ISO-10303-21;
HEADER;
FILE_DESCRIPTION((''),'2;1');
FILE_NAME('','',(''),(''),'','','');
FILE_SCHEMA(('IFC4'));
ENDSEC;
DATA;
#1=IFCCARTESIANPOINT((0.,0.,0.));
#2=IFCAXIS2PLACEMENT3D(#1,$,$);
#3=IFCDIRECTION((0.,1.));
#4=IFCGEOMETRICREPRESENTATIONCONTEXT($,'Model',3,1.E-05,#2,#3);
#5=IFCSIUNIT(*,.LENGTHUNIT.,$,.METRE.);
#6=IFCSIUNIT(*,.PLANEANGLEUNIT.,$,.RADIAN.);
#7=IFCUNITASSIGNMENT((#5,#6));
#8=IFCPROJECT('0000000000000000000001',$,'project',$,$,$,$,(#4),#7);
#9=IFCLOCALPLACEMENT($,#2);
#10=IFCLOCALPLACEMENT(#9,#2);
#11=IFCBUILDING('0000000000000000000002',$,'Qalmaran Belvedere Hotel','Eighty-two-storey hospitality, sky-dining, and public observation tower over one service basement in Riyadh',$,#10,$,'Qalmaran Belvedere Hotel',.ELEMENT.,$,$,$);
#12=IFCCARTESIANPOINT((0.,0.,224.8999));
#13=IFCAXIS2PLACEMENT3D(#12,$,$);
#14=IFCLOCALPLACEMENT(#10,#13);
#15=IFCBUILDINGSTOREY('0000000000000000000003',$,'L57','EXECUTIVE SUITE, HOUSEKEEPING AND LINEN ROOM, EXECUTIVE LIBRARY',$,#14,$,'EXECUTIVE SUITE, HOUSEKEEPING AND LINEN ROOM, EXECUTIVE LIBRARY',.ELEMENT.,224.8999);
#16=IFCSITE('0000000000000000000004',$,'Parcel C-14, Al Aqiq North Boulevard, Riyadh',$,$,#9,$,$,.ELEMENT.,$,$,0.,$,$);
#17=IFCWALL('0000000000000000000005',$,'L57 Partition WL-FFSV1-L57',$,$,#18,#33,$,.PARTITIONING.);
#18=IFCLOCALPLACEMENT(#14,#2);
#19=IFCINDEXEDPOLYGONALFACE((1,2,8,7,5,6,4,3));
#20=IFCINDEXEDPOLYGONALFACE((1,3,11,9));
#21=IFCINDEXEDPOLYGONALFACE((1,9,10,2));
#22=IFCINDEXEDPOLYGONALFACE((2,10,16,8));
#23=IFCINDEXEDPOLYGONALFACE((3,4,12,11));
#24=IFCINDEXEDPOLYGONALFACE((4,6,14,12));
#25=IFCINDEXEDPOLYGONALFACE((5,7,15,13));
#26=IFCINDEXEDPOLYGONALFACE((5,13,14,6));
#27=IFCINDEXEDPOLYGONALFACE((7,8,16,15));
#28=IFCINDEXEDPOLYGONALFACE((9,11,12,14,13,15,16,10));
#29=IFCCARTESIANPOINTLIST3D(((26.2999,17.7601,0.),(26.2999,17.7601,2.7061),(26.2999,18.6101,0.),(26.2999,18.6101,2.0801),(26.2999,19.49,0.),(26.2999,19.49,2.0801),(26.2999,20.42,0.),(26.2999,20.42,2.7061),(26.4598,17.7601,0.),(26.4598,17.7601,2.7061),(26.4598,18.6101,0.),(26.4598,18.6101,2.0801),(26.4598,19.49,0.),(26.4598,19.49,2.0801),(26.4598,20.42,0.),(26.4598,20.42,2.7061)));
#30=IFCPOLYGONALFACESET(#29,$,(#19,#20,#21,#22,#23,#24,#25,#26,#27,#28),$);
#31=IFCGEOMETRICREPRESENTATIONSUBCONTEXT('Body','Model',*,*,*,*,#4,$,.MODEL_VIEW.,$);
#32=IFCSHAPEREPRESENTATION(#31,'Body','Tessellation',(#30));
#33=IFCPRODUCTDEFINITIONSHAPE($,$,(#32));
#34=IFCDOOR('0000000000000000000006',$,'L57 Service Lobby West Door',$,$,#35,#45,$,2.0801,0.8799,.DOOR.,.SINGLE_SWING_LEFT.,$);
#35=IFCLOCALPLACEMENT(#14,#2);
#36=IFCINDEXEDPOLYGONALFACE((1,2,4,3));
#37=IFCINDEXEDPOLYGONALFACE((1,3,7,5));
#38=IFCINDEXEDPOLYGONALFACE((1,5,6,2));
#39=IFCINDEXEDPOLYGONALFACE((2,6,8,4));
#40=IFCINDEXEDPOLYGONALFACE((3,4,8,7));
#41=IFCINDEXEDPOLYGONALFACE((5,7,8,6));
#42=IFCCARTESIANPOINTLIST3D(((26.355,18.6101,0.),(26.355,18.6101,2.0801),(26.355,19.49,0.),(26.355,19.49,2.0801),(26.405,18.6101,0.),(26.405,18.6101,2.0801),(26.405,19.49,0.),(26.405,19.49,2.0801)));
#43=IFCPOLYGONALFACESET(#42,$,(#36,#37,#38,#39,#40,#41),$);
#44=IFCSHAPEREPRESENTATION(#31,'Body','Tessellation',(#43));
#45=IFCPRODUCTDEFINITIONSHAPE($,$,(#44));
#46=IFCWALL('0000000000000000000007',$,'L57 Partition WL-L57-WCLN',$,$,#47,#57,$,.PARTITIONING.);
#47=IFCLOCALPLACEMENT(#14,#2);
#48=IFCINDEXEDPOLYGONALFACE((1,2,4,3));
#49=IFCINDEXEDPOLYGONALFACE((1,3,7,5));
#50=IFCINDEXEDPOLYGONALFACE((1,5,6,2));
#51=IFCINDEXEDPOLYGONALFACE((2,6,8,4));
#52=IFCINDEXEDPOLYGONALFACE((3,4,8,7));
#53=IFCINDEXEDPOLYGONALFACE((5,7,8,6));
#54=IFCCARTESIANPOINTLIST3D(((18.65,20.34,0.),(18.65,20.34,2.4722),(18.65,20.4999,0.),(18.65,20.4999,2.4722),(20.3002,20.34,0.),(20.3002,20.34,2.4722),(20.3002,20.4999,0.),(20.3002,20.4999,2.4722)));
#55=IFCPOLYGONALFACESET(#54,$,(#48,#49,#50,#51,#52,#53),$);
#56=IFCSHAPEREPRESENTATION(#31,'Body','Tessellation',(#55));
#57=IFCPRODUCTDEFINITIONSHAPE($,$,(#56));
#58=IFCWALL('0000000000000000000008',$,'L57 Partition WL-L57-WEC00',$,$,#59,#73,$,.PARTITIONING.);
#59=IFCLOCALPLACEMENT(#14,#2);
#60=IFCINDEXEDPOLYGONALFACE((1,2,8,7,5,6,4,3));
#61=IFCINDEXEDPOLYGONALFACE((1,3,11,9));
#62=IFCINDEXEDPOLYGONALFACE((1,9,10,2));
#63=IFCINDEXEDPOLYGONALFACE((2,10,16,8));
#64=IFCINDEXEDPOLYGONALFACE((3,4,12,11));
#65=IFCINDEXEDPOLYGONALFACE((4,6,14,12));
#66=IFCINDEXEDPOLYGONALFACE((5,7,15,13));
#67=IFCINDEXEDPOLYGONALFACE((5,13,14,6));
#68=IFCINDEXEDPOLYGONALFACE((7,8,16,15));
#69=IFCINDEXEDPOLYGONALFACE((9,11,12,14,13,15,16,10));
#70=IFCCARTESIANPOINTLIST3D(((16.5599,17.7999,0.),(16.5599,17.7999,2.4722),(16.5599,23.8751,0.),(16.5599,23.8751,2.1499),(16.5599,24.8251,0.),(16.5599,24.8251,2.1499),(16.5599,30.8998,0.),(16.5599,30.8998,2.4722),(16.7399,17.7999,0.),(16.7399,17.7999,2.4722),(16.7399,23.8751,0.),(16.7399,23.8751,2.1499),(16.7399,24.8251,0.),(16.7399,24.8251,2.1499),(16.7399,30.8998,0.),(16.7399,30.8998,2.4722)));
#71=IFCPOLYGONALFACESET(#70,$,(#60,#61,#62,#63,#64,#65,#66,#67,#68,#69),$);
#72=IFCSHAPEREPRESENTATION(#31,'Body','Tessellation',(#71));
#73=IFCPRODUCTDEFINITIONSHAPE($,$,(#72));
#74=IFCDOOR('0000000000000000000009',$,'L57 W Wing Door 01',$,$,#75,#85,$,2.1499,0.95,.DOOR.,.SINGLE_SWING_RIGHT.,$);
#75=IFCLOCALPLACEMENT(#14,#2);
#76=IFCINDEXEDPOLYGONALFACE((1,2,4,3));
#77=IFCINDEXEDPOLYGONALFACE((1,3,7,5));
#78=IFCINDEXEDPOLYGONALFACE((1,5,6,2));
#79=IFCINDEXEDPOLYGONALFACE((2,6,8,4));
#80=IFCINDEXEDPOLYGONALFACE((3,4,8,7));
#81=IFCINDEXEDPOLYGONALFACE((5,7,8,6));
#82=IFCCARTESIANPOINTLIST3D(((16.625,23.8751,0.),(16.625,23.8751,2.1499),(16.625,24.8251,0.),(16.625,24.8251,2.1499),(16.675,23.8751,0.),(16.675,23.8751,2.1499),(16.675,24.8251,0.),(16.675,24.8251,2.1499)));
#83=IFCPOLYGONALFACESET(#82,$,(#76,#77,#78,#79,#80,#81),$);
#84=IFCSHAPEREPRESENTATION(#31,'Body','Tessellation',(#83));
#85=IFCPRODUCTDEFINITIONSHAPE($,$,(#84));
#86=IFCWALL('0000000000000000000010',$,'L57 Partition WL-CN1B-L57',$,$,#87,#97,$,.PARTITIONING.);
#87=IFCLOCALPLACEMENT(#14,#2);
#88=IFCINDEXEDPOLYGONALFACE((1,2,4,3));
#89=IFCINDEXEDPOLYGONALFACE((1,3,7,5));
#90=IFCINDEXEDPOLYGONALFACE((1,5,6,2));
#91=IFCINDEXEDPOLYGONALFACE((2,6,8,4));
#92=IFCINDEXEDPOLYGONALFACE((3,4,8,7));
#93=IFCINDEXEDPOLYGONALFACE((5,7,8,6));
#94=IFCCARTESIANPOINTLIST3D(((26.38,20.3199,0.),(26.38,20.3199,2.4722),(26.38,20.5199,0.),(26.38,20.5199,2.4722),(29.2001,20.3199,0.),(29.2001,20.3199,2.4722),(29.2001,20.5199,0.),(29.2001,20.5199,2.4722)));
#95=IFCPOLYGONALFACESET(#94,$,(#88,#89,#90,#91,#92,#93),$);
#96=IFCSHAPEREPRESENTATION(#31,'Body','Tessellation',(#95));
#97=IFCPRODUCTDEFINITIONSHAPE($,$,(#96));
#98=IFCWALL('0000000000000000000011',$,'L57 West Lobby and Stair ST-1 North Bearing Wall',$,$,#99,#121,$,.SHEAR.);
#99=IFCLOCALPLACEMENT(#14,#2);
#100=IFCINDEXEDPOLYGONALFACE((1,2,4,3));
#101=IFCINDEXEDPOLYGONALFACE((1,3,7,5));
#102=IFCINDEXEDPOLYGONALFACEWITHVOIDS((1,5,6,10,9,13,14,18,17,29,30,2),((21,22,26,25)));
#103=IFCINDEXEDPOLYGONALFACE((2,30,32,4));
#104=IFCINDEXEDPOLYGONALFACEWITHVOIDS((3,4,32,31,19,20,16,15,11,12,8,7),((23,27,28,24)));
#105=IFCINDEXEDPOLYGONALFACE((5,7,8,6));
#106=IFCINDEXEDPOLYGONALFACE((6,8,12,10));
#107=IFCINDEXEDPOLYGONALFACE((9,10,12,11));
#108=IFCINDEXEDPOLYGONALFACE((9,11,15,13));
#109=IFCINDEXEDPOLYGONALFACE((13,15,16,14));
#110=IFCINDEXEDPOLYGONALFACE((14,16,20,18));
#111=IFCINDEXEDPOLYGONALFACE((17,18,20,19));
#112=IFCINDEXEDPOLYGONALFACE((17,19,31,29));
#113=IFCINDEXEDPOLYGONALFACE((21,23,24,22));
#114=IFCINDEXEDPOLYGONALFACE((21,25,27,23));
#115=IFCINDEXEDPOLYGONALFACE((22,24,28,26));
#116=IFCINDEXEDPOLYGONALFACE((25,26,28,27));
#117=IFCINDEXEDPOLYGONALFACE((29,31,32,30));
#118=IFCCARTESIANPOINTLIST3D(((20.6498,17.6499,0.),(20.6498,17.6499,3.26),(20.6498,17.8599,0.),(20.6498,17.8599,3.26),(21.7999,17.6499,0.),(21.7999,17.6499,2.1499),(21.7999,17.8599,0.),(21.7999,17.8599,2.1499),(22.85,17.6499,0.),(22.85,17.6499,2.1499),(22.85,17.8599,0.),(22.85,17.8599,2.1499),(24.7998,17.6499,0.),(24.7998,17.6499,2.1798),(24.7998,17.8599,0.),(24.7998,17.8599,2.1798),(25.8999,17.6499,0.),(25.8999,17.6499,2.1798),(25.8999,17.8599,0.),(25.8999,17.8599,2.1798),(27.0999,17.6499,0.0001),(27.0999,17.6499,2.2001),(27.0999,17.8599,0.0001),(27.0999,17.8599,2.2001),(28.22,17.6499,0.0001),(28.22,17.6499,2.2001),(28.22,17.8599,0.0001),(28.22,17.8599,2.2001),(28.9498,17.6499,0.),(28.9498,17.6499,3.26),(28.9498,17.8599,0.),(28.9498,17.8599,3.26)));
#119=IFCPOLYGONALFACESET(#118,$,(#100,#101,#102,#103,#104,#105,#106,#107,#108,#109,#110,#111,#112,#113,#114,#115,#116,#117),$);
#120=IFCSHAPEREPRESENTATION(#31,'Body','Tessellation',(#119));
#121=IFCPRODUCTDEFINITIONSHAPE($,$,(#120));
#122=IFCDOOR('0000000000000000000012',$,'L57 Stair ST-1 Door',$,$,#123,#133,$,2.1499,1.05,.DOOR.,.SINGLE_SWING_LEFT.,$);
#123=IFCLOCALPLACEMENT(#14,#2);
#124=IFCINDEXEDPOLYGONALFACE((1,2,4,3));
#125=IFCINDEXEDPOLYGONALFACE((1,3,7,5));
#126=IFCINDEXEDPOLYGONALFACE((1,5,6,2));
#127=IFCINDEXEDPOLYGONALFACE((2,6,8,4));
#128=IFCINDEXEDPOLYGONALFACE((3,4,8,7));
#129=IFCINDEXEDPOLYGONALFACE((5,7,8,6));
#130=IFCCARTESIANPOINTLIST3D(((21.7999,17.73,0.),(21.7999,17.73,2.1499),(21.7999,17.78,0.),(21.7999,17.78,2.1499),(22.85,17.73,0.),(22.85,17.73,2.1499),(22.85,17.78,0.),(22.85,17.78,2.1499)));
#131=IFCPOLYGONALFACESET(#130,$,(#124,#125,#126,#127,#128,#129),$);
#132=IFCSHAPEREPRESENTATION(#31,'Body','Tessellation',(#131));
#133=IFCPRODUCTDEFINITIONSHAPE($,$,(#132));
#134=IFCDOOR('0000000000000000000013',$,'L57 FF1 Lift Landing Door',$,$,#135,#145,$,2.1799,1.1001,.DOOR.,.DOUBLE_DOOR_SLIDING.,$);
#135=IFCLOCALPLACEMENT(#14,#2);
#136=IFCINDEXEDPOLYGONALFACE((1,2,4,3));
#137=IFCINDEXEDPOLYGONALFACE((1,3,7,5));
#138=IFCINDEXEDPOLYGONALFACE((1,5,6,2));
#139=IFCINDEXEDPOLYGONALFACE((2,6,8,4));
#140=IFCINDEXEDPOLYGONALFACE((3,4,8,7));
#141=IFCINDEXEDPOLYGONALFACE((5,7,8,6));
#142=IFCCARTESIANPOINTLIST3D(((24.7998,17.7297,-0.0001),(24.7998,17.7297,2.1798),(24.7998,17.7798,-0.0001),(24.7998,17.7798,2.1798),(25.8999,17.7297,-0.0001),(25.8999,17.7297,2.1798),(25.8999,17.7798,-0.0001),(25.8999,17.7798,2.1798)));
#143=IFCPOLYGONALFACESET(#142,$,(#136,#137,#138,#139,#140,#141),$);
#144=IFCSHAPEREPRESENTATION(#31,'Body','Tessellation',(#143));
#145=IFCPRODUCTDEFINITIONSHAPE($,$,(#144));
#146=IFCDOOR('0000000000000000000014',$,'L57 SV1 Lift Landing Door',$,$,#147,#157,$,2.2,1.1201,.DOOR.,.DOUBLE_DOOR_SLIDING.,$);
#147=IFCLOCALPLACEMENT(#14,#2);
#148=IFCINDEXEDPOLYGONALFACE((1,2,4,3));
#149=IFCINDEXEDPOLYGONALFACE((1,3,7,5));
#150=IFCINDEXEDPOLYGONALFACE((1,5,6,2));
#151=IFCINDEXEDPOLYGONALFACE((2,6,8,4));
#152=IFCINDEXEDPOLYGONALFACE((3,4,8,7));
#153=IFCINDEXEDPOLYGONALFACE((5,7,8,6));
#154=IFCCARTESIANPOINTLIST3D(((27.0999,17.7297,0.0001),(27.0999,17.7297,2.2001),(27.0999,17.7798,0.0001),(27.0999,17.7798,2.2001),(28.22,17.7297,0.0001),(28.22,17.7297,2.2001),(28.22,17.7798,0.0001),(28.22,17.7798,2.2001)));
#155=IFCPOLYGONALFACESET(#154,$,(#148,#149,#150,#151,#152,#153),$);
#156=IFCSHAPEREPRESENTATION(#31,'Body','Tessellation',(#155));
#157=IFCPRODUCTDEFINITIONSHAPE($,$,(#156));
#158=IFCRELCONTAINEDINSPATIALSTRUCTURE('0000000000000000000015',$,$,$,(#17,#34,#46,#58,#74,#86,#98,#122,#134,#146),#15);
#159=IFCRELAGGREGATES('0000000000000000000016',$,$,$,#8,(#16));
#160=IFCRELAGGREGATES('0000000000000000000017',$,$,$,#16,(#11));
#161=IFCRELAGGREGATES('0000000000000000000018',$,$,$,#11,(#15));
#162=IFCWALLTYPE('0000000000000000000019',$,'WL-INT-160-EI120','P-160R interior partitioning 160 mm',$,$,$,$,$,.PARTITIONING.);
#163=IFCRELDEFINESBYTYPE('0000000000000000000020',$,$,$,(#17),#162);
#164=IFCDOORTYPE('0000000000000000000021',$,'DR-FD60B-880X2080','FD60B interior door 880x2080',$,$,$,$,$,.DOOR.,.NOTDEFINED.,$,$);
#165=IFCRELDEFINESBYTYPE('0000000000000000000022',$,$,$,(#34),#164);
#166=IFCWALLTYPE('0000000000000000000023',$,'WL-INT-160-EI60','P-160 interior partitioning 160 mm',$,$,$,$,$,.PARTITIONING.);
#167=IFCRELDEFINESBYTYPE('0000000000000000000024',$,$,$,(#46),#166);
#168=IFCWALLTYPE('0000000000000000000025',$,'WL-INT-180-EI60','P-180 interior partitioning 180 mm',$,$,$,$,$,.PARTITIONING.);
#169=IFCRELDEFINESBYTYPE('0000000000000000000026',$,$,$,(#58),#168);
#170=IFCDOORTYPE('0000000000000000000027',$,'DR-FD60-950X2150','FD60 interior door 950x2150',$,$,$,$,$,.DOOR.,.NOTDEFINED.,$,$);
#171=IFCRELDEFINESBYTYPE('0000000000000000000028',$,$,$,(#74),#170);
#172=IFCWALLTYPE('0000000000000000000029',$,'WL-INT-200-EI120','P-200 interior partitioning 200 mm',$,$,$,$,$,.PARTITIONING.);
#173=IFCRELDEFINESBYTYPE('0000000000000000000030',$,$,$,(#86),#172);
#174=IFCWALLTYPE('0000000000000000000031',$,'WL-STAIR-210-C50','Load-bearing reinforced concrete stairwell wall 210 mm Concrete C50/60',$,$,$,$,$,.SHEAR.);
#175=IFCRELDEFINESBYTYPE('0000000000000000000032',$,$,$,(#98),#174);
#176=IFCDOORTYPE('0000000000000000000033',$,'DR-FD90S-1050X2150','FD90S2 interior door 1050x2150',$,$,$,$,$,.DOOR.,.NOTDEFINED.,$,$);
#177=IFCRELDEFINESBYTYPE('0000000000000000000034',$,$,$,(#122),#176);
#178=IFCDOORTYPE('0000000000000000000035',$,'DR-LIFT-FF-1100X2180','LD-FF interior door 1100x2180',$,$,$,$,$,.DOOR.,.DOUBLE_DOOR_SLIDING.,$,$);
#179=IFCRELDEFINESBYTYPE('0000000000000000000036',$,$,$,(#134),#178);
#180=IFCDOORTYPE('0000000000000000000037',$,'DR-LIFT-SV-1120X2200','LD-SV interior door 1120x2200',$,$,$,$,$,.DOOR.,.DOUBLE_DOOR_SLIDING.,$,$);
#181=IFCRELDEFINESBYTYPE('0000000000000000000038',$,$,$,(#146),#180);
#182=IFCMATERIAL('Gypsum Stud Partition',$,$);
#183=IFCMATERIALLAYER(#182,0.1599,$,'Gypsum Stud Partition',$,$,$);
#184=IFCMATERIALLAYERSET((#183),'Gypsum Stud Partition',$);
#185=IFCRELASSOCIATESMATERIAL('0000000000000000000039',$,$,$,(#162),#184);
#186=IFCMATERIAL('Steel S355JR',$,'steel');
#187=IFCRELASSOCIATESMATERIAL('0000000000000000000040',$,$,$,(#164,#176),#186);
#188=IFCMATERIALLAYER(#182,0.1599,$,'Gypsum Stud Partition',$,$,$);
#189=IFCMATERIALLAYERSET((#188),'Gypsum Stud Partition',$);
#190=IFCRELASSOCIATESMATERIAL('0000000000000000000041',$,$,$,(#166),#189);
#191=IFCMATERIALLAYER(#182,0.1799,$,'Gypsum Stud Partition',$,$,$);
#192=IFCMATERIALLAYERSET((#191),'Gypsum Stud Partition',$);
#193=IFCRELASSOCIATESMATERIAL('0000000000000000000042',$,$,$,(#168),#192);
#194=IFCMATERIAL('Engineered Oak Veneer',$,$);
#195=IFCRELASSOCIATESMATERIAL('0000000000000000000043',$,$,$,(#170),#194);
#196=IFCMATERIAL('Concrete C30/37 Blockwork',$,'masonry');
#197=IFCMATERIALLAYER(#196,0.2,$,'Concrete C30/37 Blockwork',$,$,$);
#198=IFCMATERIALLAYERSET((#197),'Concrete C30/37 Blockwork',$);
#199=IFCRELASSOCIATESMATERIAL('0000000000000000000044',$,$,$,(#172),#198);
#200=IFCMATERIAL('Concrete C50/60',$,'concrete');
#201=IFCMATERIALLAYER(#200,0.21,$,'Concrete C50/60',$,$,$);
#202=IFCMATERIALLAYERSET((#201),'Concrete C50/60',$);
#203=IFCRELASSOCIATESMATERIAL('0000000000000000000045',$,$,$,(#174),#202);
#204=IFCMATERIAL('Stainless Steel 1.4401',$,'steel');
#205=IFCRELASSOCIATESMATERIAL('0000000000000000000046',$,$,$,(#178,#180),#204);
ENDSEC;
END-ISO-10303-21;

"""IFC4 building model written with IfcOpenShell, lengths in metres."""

from ifc_helpers import new_model, si_unit, direction, frame, frame_2d, origin, place, context, subcontext, project, spatial, rectangle, extrude, material, layer, layer_set, type_object, element, fill, save


model = new_model("IFC4")

# Units and contexts
model_context = context("Model", 3, precision=1e-05, world=origin(), true_north=direction((0.0, 1.0)))
body_context = subcontext(model_context, "Body", "Model", "MODEL_VIEW")
ifc_project = project(units=[si_unit("LENGTHUNIT", "METRE"), si_unit("PLANEANGLEUNIT", "RADIAN")], contexts=[model_context])

# Site, building, storey
site_placement = place(None, origin())
site = spatial("IfcSite", under=ifc_project, at=site_placement, Name="Parcel C-14, Al Aqiq North Boulevard, Riyadh", CompositionType="ELEMENT", RefElevation=0.0)
building_placement = place(site_placement, origin())
building = spatial("IfcBuilding", under=site, at=building_placement, Name="Qalmaran Belvedere Hotel", Description="Eighty-two-storey hospitality, sky-dining, and public observation tower over one service basement in Riyadh", LongName="Qalmaran Belvedere Hotel", CompositionType="ELEMENT")
storey_placement = place(building_placement, frame((0.0, 0.0, 224.8999)))
storey = spatial("IfcBuildingStorey", under=building, at=storey_placement, Name="L57", Description="EXECUTIVE SUITE, HOUSEKEEPING AND LINEN ROOM, EXECUTIVE LIBRARY", LongName="EXECUTIVE SUITE, HOUSEKEEPING AND LINEN ROOM, EXECUTIVE LIBRARY", CompositionType="ELEMENT", Elevation=224.8999)

# Shared definitions
ifc_material_1 = material(Name="Concrete C50/60", Category="concrete")

# Shared definitions
ifc_material_2 = material(Name="Steel S355JR", Category="steel")

# Wall, opening, door
ifc_material_3 = material(Name="Engineered Oak Veneer")
ifc_material_4 = material(Name="Gypsum Stud Partition")
ifc_layer_1 = layer(ifc_material_4, 0.1599, Name="Gypsum Stud Partition")
ifc_layer_set_1 = layer_set([ifc_layer_1], Name="Gypsum Stud Partition")
wall_type_1 = type_object("IfcWallType", Name="WL-INT-160-EI120", Description="P-160R interior partitioning 160 mm", PredefinedType="PARTITIONING", material=ifc_layer_set_1)
wall_1_placement = place(storey_placement, frame((26.3799, 17.76, 0.0), z_axis=(0.0, 0.0, 1.0), x_axis=(0.0, 1.0, 0.0)))
wall_1 = element("IfcWall", 1, at=wall_1_placement, inside=storey, type_object=wall_type_1, Name="L57 Partition WL-FFSV1-L57", PredefinedType="PARTITIONING", context=body_context, shape_type="SweptSolid", body=[
    extrude(rectangle(XDim=2.6599, YDim=0.1599, at=frame_2d((1.3301, 0.0))), origin(), (0.0, 0.0, 1.0), 2.7061),
])
opening_1_placement = place(wall_1_placement, frame((0.8501, 0.0, 0.0)))
opening_1 = element("IfcOpeningElement", 2, at=opening_1_placement, cuts=wall_1, PredefinedType="OPENING", context=body_context, shape_type="SweptSolid", body=[
    extrude(rectangle(XDim=0.8799, YDim=2.0801, at=frame_2d((0.4399, 1.04))), frame((0.0, 0.0898, 0.0), z_axis=(0.0, -1.0, 0.0), x_axis=(1.0, 0.0, 0.0)), (0.0, 0.0, 1.0), 0.1799),
])
door_type_1 = type_object("IfcDoorType", Name="DR-FD60B-880X2080", Description="FD60B interior door 880x2080", OperationType="NOTDEFINED", PredefinedType="DOOR", material=ifc_material_2)
door_1_placement = place(opening_1_placement, origin())
door_1 = element("IfcDoor", 3, at=door_1_placement, inside=storey, type_object=door_type_1, Name="L57 Service Lobby West Door", OperationType="SINGLE_SWING_LEFT", OverallHeight=2.0801, OverallWidth=0.8799, PredefinedType="DOOR", context=body_context, shape_type="SweptSolid", body=[
    extrude(rectangle(XDim=0.8799, YDim=2.0801, at=frame_2d((0.4399, 1.04))), frame((0.0, 0.0249, 0.0), z_axis=(0.0, -1.0, 0.0), x_axis=(1.0, 0.0, 0.0)), (0.0, 0.0, 1.0), 0.05),
])
fill(opening_1, door_1)

# Wall
ifc_layer_2 = layer(ifc_material_4, 0.1599, Name="Gypsum Stud Partition")
ifc_layer_set_2 = layer_set([ifc_layer_2], Name="Gypsum Stud Partition")
wall_type_2 = type_object("IfcWallType", Name="WL-INT-160-EI60", Description="P-160 interior partitioning 160 mm", PredefinedType="PARTITIONING", material=ifc_layer_set_2)
wall_2_placement = place(storey_placement, frame((18.6499, 20.4199, 0.0), z_axis=(0.0, 0.0, 1.0), x_axis=(1.0, 0.0, 0.0)))
element("IfcWall", 4, at=wall_2_placement, inside=storey, type_object=wall_type_2, Name="L57 Partition WL-L57-WCLN", PredefinedType="PARTITIONING", context=body_context, shape_type="SweptSolid", body=[
    extrude(rectangle(XDim=1.6501, YDim=0.1599, at=frame_2d((0.8252, 0.0))), origin(), (0.0, 0.0, 1.0), 2.4722),
])

# Wall, opening, door
ifc_layer_3 = layer(ifc_material_4, 0.1799, Name="Gypsum Stud Partition")
ifc_layer_set_3 = layer_set([ifc_layer_3], Name="Gypsum Stud Partition")
wall_type_3 = type_object("IfcWallType", Name="WL-INT-180-EI60", Description="P-180 interior partitioning 180 mm", PredefinedType="PARTITIONING", material=ifc_layer_set_3)
wall_3_placement = place(storey_placement, frame((16.6499, 17.8, 0.0), z_axis=(0.0, 0.0, 1.0), x_axis=(0.0, 1.0, 0.0)))
wall_3 = element("IfcWall", 5, at=wall_3_placement, inside=storey, type_object=wall_type_3, Name="L57 Partition WL-L57-WEC00", PredefinedType="PARTITIONING", context=body_context, shape_type="SweptSolid", body=[
    extrude(rectangle(XDim=13.0999, YDim=0.1799, at=frame_2d((6.5498, 0.0))), origin(), (0.0, 0.0, 1.0), 2.4722),
])
opening_2_placement = place(wall_3_placement, frame((6.075, 0.0, 0.0)))
opening_2 = element("IfcOpeningElement", 6, at=opening_2_placement, cuts=wall_3, PredefinedType="OPENING", context=body_context, shape_type="SweptSolid", body=[
    extrude(rectangle(XDim=0.95, YDim=2.1499, at=frame_2d((0.4751, 1.075))), frame((0.0, 0.1001, 0.0), z_axis=(0.0, -1.0, 0.0), x_axis=(1.0, 0.0, 0.0)), (0.0, 0.0, 1.0), 0.2),
])
door_type_2 = type_object("IfcDoorType", Name="DR-FD60-950X2150", Description="FD60 interior door 950x2150", OperationType="NOTDEFINED", PredefinedType="DOOR", material=ifc_material_3)
door_2_placement = place(opening_2_placement, origin())
door_2 = element("IfcDoor", 7, at=door_2_placement, inside=storey, type_object=door_type_2, Name="L57 W Wing Door 01", OperationType="SINGLE_SWING_RIGHT", OverallHeight=2.1499, OverallWidth=0.95, PredefinedType="DOOR", context=body_context, shape_type="SweptSolid", body=[
    extrude(rectangle(XDim=0.95, YDim=2.1499, at=frame_2d((0.4751, 1.075))), frame((0.0, 0.0249, 0.0), z_axis=(0.0, -1.0, 0.0), x_axis=(1.0, 0.0, 0.0)), (0.0, 0.0, 1.0), 0.05),
])
fill(opening_2, door_2)
ifc_material_5 = material(Name="Concrete C30/37 Blockwork", Category="masonry")
ifc_layer_4 = layer(ifc_material_5, 0.2, Name="Concrete C30/37 Blockwork")
ifc_layer_set_4 = layer_set([ifc_layer_4], Name="Concrete C30/37 Blockwork")
wall_type_4 = type_object("IfcWallType", Name="WL-INT-200-EI120", Description="P-200 interior partitioning 200 mm", PredefinedType="PARTITIONING", material=ifc_layer_set_4)

# Wall
wall_4_placement = place(storey_placement, frame((26.3799, 20.4199, 0.0), z_axis=(0.0, 0.0, 1.0), x_axis=(1.0, 0.0, 0.0)))
element("IfcWall", 8, at=wall_4_placement, inside=storey, type_object=wall_type_4, Name="L57 Partition WL-CN1B-L57", PredefinedType="PARTITIONING", context=body_context, shape_type="SweptSolid", body=[
    extrude(rectangle(XDim=2.8201, YDim=0.2, at=frame_2d((1.4102, 0.0))), origin(), (0.0, 0.0, 1.0), 2.4722),
])

# Wall, openings, doors
ifc_layer_5 = layer(ifc_material_1, 0.21, Name="Concrete C50/60")
ifc_layer_set_5 = layer_set([ifc_layer_5], Name="Concrete C50/60")
wall_type_5 = type_object("IfcWallType", Name="WL-STAIR-210-C50", Description="Load-bearing reinforced concrete stairwell wall 210 mm Concrete C50/60", PredefinedType="SHEAR", material=ifc_layer_set_5)
wall_5_placement = place(storey_placement, frame((20.6499, 17.7549, 0.0), z_axis=(0.0, 0.0, 1.0), x_axis=(1.0, 0.0, 0.0)))
wall_5 = element("IfcWall", 9, at=wall_5_placement, inside=storey, type_object=wall_type_5, Name="L57 West Lobby and Stair ST-1 North Bearing Wall", PredefinedType="SHEAR", context=body_context, shape_type="SweptSolid", body=[
    extrude(rectangle(XDim=8.3, YDim=0.21, at=frame_2d((4.1499, 0.0))), origin(), (0.0, 0.0, 1.0), 3.26),
])
opening_3_placement = place(wall_5_placement, frame((2.2, 0.0, 0.0), z_axis=(0.0, 0.0, 1.0), x_axis=(-1.0, 0.0, 0.0)))
opening_3 = element("IfcOpeningElement", 10, at=opening_3_placement, cuts=wall_5, PredefinedType="OPENING", context=body_context, shape_type="SweptSolid", body=[
    extrude(rectangle(XDim=1.05, YDim=2.1499, at=frame_2d((0.5249, 1.075))), frame((0.0, 0.115, 0.0), z_axis=(0.0, -1.0, 0.0), x_axis=(1.0, 0.0, 0.0)), (0.0, 0.0, 1.0), 0.23),
])
opening_4_placement = place(wall_5_placement, frame((4.1499, 0.0, 0.0)))
opening_4 = element("IfcOpeningElement", 11, at=opening_4_placement, cuts=wall_5, PredefinedType="OPENING", context=body_context, shape_type="SweptSolid", body=[
    extrude(rectangle(XDim=1.1001, YDim=2.1799, at=frame_2d((0.55, 1.0898))), frame((0.0, 0.115, 0.0), z_axis=(0.0, -1.0, 0.0), x_axis=(1.0, 0.0, 0.0)), (0.0, 0.0, 1.0), 0.23),
])
opening_5_placement = place(wall_5_placement, frame((6.45, 0.0, 0.0)))
opening_5 = element("IfcOpeningElement", 12, at=opening_5_placement, cuts=wall_5, PredefinedType="OPENING", context=body_context, shape_type="SweptSolid", body=[
    extrude(rectangle(XDim=1.1201, YDim=2.2, at=frame_2d((0.5601, 1.1001))), frame((0.0, 0.115, 0.0), z_axis=(0.0, -1.0, 0.0), x_axis=(1.0, 0.0, 0.0)), (0.0, 0.0, 1.0), 0.23),
])
door_type_3 = type_object("IfcDoorType", Name="DR-FD90S-1050X2150", Description="FD90S2 interior door 1050x2150", OperationType="NOTDEFINED", PredefinedType="DOOR", material=ifc_material_2)
door_3_placement = place(opening_3_placement, origin())
door_3 = element("IfcDoor", 13, at=door_3_placement, inside=storey, type_object=door_type_3, Name="L57 Stair ST-1 Door", OperationType="SINGLE_SWING_LEFT", OverallHeight=2.1499, OverallWidth=1.05, PredefinedType="DOOR", context=body_context, shape_type="SweptSolid", body=[
    extrude(rectangle(XDim=1.05, YDim=2.1499, at=frame_2d((0.5249, 1.075))), frame((0.0, 0.0249, 0.0), z_axis=(0.0, -1.0, 0.0), x_axis=(1.0, 0.0, 0.0)), (0.0, 0.0, 1.0), 0.05),
])
fill(opening_3, door_3)
ifc_material_6 = material(Name="Stainless Steel 1.4401", Category="steel")
door_type_4 = type_object("IfcDoorType", Name="DR-LIFT-FF-1100X2180", Description="LD-FF interior door 1100x2180", OperationType="DOUBLE_DOOR_SLIDING", PredefinedType="DOOR", material=ifc_material_6)
door_4_placement = place(opening_4_placement, origin())
door_4 = element("IfcDoor", 14, at=door_4_placement, inside=storey, type_object=door_type_4, Name="L57 FF1 Lift Landing Door", OperationType="DOUBLE_DOOR_SLIDING", OverallHeight=2.1799, OverallWidth=1.1001, PredefinedType="DOOR", context=body_context, shape_type="SweptSolid", body=[
    extrude(rectangle(XDim=1.1001, YDim=2.1799, at=frame_2d((0.55, 1.0898))), frame((0.0, 0.0249, 0.0), z_axis=(0.0, -1.0, 0.0), x_axis=(1.0, 0.0, 0.0)), (0.0, 0.0, 1.0), 0.05),
])
fill(opening_4, door_4)
door_type_5 = type_object("IfcDoorType", Name="DR-LIFT-SV-1120X2200", Description="LD-SV interior door 1120x2200", OperationType="DOUBLE_DOOR_SLIDING", PredefinedType="DOOR", material=ifc_material_6)
door_5_placement = place(opening_5_placement, origin())
door_5 = element("IfcDoor", 15, at=door_5_placement, inside=storey, type_object=door_type_5, Name="L57 SV1 Lift Landing Door", OperationType="DOUBLE_DOOR_SLIDING", OverallHeight=2.2, OverallWidth=1.1201, PredefinedType="DOOR", context=body_context, shape_type="SweptSolid", body=[
    extrude(rectangle(XDim=1.1201, YDim=2.2, at=frame_2d((0.5601, 1.1001))), frame((0.0, 0.0249, 0.0), z_axis=(0.0, -1.0, 0.0), x_axis=(1.0, 0.0, 0.0)), (0.0, 0.0, 1.0), 0.05),
])
fill(opening_5, door_5)

save(model, "model.ifc")
